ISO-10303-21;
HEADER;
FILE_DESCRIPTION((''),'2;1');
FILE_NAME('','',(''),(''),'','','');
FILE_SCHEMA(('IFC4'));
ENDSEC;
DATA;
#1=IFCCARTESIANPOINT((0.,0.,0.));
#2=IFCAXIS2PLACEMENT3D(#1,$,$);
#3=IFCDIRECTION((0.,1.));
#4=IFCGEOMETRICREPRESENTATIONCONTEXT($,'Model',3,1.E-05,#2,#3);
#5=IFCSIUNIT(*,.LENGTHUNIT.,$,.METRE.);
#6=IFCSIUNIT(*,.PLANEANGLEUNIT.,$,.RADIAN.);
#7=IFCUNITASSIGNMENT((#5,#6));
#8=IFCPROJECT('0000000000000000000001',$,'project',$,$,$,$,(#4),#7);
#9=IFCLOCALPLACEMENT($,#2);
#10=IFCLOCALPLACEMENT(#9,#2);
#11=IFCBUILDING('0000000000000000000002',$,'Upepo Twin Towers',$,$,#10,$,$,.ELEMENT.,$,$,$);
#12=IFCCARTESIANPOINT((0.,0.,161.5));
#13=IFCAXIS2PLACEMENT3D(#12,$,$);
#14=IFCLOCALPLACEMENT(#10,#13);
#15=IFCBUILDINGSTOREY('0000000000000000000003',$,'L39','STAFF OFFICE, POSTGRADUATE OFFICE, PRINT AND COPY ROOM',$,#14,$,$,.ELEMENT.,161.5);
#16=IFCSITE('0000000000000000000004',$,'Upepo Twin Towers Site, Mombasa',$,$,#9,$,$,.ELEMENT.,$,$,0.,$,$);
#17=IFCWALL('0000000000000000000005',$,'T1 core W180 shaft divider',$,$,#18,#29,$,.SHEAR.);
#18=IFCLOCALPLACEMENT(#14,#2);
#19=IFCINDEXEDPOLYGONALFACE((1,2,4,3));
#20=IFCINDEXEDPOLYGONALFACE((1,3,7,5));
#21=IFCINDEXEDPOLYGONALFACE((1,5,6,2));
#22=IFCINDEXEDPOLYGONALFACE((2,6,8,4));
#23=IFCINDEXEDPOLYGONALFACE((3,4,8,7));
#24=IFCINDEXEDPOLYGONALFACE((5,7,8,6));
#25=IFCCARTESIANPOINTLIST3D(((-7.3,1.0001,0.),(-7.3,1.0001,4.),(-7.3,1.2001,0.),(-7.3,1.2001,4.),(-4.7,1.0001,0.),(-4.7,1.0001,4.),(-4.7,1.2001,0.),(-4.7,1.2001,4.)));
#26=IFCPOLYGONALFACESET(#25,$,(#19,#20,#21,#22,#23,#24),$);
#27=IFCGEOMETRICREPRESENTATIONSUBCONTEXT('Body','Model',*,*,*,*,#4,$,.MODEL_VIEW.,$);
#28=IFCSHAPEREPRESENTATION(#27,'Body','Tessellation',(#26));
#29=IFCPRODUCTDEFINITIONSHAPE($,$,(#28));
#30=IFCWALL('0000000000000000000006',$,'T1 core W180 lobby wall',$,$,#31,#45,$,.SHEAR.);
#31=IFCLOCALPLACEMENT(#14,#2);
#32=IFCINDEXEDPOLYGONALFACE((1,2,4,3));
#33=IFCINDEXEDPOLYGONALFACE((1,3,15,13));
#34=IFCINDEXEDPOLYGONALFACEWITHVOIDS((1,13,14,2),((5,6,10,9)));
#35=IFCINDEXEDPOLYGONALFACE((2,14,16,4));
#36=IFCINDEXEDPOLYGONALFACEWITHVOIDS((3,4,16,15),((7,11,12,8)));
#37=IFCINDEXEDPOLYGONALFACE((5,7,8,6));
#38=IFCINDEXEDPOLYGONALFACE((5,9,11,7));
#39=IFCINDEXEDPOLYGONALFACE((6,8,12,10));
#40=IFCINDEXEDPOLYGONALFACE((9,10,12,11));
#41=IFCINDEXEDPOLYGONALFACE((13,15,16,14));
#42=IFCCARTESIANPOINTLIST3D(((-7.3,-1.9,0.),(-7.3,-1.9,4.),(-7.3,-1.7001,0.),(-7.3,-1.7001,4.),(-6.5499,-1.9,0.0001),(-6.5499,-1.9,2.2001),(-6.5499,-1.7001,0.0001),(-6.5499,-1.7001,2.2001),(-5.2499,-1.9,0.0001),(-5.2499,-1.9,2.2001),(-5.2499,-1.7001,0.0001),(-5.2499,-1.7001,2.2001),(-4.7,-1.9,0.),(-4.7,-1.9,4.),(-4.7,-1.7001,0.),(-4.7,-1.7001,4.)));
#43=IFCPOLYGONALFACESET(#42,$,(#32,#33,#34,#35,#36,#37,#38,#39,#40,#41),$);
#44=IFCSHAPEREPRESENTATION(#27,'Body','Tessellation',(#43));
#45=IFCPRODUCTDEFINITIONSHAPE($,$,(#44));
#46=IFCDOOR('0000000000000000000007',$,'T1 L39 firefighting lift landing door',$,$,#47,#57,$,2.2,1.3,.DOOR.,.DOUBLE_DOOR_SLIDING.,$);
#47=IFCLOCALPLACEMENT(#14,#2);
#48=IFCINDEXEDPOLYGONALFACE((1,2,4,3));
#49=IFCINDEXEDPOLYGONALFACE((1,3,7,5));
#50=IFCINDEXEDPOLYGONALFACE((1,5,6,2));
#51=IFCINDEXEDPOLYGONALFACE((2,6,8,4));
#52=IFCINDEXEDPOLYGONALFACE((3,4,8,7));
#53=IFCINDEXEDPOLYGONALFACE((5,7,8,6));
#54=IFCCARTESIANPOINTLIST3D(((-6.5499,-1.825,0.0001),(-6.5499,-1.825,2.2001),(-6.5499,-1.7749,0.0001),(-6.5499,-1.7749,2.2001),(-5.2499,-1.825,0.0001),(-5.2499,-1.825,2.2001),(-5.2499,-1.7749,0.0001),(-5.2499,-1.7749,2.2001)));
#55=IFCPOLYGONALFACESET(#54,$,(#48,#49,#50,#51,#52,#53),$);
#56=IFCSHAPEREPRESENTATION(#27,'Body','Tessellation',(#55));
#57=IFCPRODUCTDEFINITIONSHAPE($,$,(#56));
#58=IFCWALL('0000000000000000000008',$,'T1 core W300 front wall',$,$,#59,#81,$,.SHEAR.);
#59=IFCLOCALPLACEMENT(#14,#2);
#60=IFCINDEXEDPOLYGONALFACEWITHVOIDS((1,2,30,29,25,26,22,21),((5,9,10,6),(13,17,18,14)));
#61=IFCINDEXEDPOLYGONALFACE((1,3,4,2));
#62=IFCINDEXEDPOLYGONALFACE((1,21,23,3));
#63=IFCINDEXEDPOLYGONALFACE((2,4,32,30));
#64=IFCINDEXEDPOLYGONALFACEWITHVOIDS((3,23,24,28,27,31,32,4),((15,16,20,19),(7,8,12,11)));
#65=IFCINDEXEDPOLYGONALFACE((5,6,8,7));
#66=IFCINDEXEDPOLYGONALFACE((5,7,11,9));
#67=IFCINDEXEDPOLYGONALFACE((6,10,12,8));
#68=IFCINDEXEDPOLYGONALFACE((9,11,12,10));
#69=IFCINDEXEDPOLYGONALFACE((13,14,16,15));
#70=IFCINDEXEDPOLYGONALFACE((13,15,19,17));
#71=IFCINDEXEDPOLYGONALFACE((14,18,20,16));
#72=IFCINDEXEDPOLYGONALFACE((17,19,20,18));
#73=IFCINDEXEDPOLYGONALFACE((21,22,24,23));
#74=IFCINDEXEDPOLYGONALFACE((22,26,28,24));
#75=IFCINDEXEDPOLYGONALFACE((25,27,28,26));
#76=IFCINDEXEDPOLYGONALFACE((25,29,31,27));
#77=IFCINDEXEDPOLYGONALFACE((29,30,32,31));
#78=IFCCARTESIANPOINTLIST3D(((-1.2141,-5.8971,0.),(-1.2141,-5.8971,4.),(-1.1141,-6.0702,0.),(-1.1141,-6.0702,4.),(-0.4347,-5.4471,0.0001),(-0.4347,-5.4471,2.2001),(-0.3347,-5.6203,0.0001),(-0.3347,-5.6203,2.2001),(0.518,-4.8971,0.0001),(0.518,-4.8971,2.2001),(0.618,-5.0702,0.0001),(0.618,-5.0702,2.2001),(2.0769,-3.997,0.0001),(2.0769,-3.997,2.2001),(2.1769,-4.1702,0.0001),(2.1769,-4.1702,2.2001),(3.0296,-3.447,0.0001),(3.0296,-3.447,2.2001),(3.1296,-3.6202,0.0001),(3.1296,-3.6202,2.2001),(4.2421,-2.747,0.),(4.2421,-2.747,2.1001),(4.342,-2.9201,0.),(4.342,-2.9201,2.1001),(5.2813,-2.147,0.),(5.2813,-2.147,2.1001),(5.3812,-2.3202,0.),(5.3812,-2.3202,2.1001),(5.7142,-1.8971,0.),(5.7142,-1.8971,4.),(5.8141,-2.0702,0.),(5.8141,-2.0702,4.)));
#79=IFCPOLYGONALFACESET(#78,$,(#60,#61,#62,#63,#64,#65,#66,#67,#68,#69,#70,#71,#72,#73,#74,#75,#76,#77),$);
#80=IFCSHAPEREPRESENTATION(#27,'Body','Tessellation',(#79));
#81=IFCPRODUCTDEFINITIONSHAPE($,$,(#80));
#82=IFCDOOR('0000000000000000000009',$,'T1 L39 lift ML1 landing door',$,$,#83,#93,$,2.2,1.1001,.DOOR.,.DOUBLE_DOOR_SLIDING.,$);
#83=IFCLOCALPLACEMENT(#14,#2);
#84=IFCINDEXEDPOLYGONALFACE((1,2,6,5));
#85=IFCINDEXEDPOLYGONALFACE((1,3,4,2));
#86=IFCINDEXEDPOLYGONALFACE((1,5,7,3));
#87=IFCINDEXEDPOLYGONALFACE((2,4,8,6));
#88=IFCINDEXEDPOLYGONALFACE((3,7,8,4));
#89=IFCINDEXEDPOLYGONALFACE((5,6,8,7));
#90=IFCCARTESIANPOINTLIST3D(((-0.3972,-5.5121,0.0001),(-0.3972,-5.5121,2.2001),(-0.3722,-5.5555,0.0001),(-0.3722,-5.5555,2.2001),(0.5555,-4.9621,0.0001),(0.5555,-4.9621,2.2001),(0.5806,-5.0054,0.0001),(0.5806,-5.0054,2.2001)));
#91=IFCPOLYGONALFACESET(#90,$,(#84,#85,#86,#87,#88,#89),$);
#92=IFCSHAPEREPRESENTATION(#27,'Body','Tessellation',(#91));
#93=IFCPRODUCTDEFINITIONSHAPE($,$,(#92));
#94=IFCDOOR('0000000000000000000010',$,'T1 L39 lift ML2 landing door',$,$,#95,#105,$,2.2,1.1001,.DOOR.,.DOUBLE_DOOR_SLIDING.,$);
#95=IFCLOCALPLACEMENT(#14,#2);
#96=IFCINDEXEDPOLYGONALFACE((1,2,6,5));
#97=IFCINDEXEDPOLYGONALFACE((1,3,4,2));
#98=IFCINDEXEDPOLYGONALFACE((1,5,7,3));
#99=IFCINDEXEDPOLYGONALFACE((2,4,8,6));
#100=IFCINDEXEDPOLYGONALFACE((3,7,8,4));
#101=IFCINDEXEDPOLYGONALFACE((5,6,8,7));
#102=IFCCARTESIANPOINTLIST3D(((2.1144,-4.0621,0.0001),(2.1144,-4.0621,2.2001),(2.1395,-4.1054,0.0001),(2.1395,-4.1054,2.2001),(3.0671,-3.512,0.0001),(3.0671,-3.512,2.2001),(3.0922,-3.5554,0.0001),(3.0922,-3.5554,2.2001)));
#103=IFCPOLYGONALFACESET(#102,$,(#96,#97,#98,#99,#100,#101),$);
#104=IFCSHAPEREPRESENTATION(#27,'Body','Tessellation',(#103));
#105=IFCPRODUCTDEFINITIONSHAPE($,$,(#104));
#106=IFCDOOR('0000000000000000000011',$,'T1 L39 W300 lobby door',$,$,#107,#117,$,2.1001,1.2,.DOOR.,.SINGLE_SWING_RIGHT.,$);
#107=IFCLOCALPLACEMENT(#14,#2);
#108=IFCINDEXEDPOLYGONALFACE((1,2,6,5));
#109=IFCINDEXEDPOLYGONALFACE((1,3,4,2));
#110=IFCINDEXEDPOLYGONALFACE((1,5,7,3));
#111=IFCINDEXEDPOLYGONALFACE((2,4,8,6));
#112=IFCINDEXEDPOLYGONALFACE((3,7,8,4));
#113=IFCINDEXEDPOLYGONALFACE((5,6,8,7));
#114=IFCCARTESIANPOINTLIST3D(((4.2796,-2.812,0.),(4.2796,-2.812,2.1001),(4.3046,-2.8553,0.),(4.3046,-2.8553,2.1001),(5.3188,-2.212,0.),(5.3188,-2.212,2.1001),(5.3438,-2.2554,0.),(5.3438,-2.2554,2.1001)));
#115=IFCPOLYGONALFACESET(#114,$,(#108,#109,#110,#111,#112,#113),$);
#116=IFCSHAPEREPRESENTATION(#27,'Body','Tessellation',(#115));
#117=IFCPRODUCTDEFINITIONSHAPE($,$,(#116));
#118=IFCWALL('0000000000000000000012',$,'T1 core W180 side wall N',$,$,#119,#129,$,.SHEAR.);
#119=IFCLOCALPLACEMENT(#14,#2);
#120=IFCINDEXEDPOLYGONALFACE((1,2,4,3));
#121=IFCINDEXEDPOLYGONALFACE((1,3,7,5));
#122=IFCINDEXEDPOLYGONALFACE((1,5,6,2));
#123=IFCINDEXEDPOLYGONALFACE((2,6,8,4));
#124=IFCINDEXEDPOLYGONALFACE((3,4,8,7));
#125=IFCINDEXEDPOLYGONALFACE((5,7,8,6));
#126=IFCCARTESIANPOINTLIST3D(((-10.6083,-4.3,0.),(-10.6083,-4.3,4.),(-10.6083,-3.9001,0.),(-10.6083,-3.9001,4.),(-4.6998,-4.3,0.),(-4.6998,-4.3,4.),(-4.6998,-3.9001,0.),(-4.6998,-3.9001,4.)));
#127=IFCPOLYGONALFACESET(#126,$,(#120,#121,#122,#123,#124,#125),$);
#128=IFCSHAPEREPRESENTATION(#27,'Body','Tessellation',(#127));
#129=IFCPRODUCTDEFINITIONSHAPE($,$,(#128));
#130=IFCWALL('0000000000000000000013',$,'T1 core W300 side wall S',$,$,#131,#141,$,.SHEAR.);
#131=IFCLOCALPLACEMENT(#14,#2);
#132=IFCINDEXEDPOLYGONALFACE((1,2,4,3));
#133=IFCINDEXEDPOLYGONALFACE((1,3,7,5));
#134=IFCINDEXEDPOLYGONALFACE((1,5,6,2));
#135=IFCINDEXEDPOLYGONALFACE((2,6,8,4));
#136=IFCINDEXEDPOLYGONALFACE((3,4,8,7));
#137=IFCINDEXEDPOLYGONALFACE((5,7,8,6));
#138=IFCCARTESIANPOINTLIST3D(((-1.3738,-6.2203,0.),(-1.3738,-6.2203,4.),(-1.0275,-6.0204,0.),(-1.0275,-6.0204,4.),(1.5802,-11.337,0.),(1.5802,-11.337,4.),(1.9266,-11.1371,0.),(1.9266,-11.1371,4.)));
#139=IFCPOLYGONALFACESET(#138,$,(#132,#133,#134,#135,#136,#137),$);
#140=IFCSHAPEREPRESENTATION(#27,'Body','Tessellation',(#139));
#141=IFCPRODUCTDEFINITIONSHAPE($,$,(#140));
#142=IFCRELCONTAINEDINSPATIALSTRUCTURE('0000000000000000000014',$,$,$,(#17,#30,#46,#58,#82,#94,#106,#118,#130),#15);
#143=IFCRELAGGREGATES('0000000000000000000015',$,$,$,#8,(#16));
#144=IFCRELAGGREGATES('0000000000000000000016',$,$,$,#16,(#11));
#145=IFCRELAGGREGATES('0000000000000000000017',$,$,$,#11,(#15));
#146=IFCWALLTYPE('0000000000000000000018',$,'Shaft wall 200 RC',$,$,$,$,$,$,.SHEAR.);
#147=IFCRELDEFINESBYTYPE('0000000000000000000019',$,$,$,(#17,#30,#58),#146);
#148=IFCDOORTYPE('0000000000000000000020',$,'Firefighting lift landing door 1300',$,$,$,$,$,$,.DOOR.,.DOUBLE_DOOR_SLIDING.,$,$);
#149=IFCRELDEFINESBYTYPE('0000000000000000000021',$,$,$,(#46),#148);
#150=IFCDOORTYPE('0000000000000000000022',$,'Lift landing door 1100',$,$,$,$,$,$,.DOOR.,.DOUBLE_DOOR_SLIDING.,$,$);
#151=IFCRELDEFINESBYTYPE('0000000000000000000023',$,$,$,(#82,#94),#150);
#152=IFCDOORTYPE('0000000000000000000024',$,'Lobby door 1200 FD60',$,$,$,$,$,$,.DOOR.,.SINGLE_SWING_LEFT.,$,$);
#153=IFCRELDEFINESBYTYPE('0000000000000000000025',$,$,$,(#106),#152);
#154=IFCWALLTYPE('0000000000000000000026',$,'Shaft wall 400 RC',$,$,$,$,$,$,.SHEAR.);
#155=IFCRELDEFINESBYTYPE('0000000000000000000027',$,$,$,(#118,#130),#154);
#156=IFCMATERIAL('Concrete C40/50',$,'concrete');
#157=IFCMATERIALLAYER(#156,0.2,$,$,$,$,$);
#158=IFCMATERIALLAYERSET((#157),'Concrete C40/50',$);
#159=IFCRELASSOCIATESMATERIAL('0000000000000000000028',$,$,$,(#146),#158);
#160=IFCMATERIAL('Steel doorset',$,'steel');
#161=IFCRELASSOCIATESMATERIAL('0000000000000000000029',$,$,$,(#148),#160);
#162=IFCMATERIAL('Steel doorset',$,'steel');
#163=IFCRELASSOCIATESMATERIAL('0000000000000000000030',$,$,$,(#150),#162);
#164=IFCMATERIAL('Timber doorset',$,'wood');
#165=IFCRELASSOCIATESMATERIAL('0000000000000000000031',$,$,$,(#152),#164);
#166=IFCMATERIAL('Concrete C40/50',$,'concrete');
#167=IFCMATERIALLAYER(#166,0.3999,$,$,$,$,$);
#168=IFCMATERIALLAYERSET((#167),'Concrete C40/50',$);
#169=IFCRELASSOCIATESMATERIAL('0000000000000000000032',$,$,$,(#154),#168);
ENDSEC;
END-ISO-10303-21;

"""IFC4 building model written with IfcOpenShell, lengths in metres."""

from ifc_helpers import new_model, si_unit, direction, frame, frame_2d, origin, place, context, subcontext, project, spatial, rectangle, extrude, material, layer, layer_set, type_object, element, fill, save


model = new_model("IFC4")

# Units and contexts
model_context = context("Model", 3, precision=1e-05, world=origin(), true_north=direction((0.0, 1.0)))
body_context = subcontext(model_context, "Body", "Model", "MODEL_VIEW")
ifc_project = project(units=[si_unit("LENGTHUNIT", "METRE"), si_unit("PLANEANGLEUNIT", "RADIAN")], contexts=[model_context])

# Site, building, storey
site_placement = place(None, origin())
site = spatial("IfcSite", under=ifc_project, at=site_placement, Name="Upepo Twin Towers Site, Mombasa", CompositionType="ELEMENT", RefElevation=0.0)
building_placement = place(site_placement, origin())
building = spatial("IfcBuilding", under=site, at=building_placement, Name="Upepo Twin Towers", CompositionType="ELEMENT")
storey_placement = place(building_placement, frame((0.0, 0.0, 161.5)))
storey = spatial("IfcBuildingStorey", under=building, at=storey_placement, Name="L39", Description="STAFF OFFICE, POSTGRADUATE OFFICE, PRINT AND COPY ROOM", CompositionType="ELEMENT", Elevation=161.5)

# Wall
ifc_material_1 = material(Name="Concrete C40/50", Category="concrete")
ifc_layer_1 = layer(ifc_material_1, 0.2)
ifc_layer_set_1 = layer_set([ifc_layer_1], Name="Concrete C40/50")
wall_type_1 = type_object("IfcWallType", Name="Shaft wall 200 RC", PredefinedType="SHEAR", material=ifc_layer_set_1)
wall_1_placement = place(storey_placement, frame((-4.7, 1.1001, 0.0), z_axis=(0.0, 0.0, 1.0), x_axis=(-1.0, 0.0, 0.0)))
element("IfcWall", 1, at=wall_1_placement, inside=storey, type_object=wall_type_1, Name="T1 core W180 shaft divider", PredefinedType="SHEAR", context=body_context, shape_type="SweptSolid", body=[
    extrude(rectangle(XDim=2.6001, YDim=0.2, at=frame_2d((1.3, 0.0))), origin(), (0.0, 0.0, 1.0), 4.0),
])

# Wall, opening, door
wall_2_placement = place(storey_placement, frame((-4.7, -1.8, 0.0), z_axis=(0.0, 0.0, 1.0), x_axis=(-1.0, 0.0, 0.0)))
wall_2 = element("IfcWall", 2, at=wall_2_placement, inside=storey, type_object=wall_type_1, Name="T1 core W180 lobby wall", PredefinedType="SHEAR", context=body_context, shape_type="SweptSolid", body=[
    extrude(rectangle(XDim=2.6001, YDim=0.2, at=frame_2d((1.3, 0.0))), origin(), (0.0, 0.0, 1.0), 4.0),
])
opening_1_placement = place(wall_2_placement, frame((0.55, 0.0, 0.0)))
opening_1 = element("IfcOpeningElement", 3, at=opening_1_placement, cuts=wall_2, PredefinedType="OPENING", context=body_context, shape_type="SweptSolid", body=[
    extrude(rectangle(XDim=1.3, YDim=2.2, at=frame_2d((0.6499, 1.1001))), frame((0.0, 0.1099, 0.0), z_axis=(0.0, -1.0, 0.0), x_axis=(1.0, 0.0, 0.0)), (0.0, 0.0, 1.0), 0.22),
])
ifc_material_2 = material(Name="Steel doorset", Category="steel")
door_type_1 = type_object("IfcDoorType", Name="Firefighting lift landing door 1300", OperationType="DOUBLE_DOOR_SLIDING", PredefinedType="DOOR", material=ifc_material_2)
door_1_placement = place(opening_1_placement, origin())
door_1 = element("IfcDoor", 4, at=door_1_placement, inside=storey, type_object=door_type_1, Name="T1 L39 firefighting lift landing door", OperationType="DOUBLE_DOOR_SLIDING", OverallHeight=2.2, OverallWidth=1.3, PredefinedType="DOOR", context=body_context, shape_type="SweptSolid", body=[
    extrude(rectangle(XDim=1.3, YDim=2.2, at=frame_2d((0.6499, 1.1001))), frame((0.0, 0.0249, 0.0), z_axis=(0.0, -1.0, 0.0), x_axis=(1.0, 0.0, 0.0)), (0.0, 0.0, 1.0), 0.05),
])
fill(opening_1, door_1)

# Wall, openings, doors
wall_3_placement = place(storey_placement, frame((-1.1641, -5.9836, 0.0), z_axis=(0.0, 0.0, 1.0), x_axis=(0.866026, 0.499999, 0.0)))
wall_3 = element("IfcWall", 5, at=wall_3_placement, inside=storey, type_object=wall_type_1, Name="T1 core W300 front wall", PredefinedType="SHEAR", context=body_context, shape_type="SweptSolid", body=[
    extrude(rectangle(XDim=8.0, YDim=0.2, at=frame_2d((4.0, 0.0))), origin(), (0.0, 0.0, 1.0), 4.0),
])
opening_2_placement = place(wall_3_placement, frame((6.3, 0.0, 0.0)))
opening_2 = element("IfcOpeningElement", 6, at=opening_2_placement, cuts=wall_3, PredefinedType="OPENING", context=body_context, shape_type="SweptSolid", body=[
    extrude(rectangle(XDim=1.2, YDim=2.1001, at=frame_2d((0.6001, 1.05))), frame((0.0, 0.1099, 0.0), z_axis=(0.0, -1.0, 0.0), x_axis=(1.0, 0.0, 0.0)), (0.0, 0.0, 1.0), 0.22),
])
opening_3_placement = place(wall_3_placement, frame((0.8999, 0.0, 0.0)))
opening_3 = element("IfcOpeningElement", 7, at=opening_3_placement, cuts=wall_3, PredefinedType="OPENING", context=body_context, shape_type="SweptSolid", body=[
    extrude(rectangle(XDim=1.1001, YDim=2.2, at=frame_2d((0.55, 1.1001))), frame((0.0, 0.1099, 0.0), z_axis=(0.0, -1.0, 0.0), x_axis=(1.0, 0.0, 0.0)), (0.0, 0.0, 1.0), 0.22),
])
opening_4_placement = place(wall_3_placement, frame((3.8, 0.0, 0.0)))
opening_4 = element("IfcOpeningElement", 8, at=opening_4_placement, cuts=wall_3, PredefinedType="OPENING", context=body_context, shape_type="SweptSolid", body=[
    extrude(rectangle(XDim=1.1001, YDim=2.2, at=frame_2d((0.55, 1.1001))), frame((0.0, 0.1099, 0.0), z_axis=(0.0, -1.0, 0.0), x_axis=(1.0, 0.0, 0.0)), (0.0, 0.0, 1.0), 0.22),
])
ifc_material_3 = material(Name="Steel doorset", Category="steel")
door_type_2 = type_object("IfcDoorType", Name="Lift landing door 1100", OperationType="DOUBLE_DOOR_SLIDING", PredefinedType="DOOR", material=ifc_material_3)
door_2_placement = place(opening_3_placement, origin())
door_2 = element("IfcDoor", 9, at=door_2_placement, inside=storey, type_object=door_type_2, Name="T1 L39 lift ML1 landing door", OperationType="DOUBLE_DOOR_SLIDING", OverallHeight=2.2, OverallWidth=1.1001, PredefinedType="DOOR", context=body_context, shape_type="SweptSolid", body=[
    extrude(rectangle(XDim=1.1001, YDim=2.2, at=frame_2d((0.55, 1.1001))), frame((0.0, 0.0249, 0.0), z_axis=(0.0, -1.0, 0.0), x_axis=(1.0, 0.0, 0.0)), (0.0, 0.0, 1.0), 0.05),
])
fill(opening_3, door_2)
door_3_placement = place(opening_4_placement, origin())
door_3 = element("IfcDoor", 10, at=door_3_placement, inside=storey, type_object=door_type_2, Name="T1 L39 lift ML2 landing door", OperationType="DOUBLE_DOOR_SLIDING", OverallHeight=2.2, OverallWidth=1.1001, PredefinedType="DOOR", context=body_context, shape_type="SweptSolid", body=[
    extrude(rectangle(XDim=1.1001, YDim=2.2, at=frame_2d((0.55, 1.1001))), frame((0.0, 0.0249, 0.0), z_axis=(0.0, -1.0, 0.0), x_axis=(1.0, 0.0, 0.0)), (0.0, 0.0, 1.0), 0.05),
])
fill(opening_4, door_3)
ifc_material_4 = material(Name="Timber doorset", Category="wood")
door_type_3 = type_object("IfcDoorType", Name="Lobby door 1200 FD60", OperationType="SINGLE_SWING_LEFT", PredefinedType="DOOR", material=ifc_material_4)
door_4_placement = place(opening_2_placement, origin())
door_4 = element("IfcDoor", 11, at=door_4_placement, inside=storey, type_object=door_type_3, Name="T1 L39 W300 lobby door", OperationType="SINGLE_SWING_RIGHT", OverallHeight=2.1001, OverallWidth=1.2, PredefinedType="DOOR", context=body_context, shape_type="SweptSolid", body=[
    extrude(rectangle(XDim=1.2, YDim=2.1001, at=frame_2d((0.6001, 1.05))), frame((0.0, 0.0249, 0.0), z_axis=(0.0, -1.0, 0.0), x_axis=(1.0, 0.0, 0.0)), (0.0, 0.0, 1.0), 0.05),
])
fill(opening_2, door_4)

# Walls
ifc_material_5 = material(Name="Concrete C40/50", Category="concrete")
ifc_layer_2 = layer(ifc_material_5, 0.3999)
ifc_layer_set_2 = layer_set([ifc_layer_2], Name="Concrete C40/50")
wall_type_2 = type_object("IfcWallType", Name="Shaft wall 400 RC", PredefinedType="SHEAR", material=ifc_layer_set_2)
wall_4_placement = place(storey_placement, frame((-4.7, -4.1001, 0.0), z_axis=(0.0, 0.0, 1.0), x_axis=(-1.0, 0.0, 0.0)))
element("IfcWall", 12, at=wall_4_placement, inside=storey, type_object=wall_type_2, Name="T1 core W180 side wall N", PredefinedType="SHEAR", context=body_context, shape_type="SweptSolid", body=[
    extrude(rectangle(XDim=5.9084, YDim=0.3999, at=frame_2d((2.9541, 0.0))), origin(), (0.0, 0.0, 1.0), 4.0),
])
wall_5_placement = place(storey_placement, frame((-1.2007, -6.1204, 0.0), z_axis=(0.0, 0.0, 1.0), x_axis=(0.499997, -0.866027, 0.0)))
element("IfcWall", 13, at=wall_5_placement, inside=storey, type_object=wall_type_2, Name="T1 core W300 side wall S", PredefinedType="SHEAR", context=body_context, shape_type="SweptSolid", body=[
    extrude(rectangle(XDim=5.9082, YDim=0.3999, at=frame_2d((2.9541, 0.0))), origin(), (0.0, 0.0, 1.0), 4.0),
])

save(model, "model.ifc")
